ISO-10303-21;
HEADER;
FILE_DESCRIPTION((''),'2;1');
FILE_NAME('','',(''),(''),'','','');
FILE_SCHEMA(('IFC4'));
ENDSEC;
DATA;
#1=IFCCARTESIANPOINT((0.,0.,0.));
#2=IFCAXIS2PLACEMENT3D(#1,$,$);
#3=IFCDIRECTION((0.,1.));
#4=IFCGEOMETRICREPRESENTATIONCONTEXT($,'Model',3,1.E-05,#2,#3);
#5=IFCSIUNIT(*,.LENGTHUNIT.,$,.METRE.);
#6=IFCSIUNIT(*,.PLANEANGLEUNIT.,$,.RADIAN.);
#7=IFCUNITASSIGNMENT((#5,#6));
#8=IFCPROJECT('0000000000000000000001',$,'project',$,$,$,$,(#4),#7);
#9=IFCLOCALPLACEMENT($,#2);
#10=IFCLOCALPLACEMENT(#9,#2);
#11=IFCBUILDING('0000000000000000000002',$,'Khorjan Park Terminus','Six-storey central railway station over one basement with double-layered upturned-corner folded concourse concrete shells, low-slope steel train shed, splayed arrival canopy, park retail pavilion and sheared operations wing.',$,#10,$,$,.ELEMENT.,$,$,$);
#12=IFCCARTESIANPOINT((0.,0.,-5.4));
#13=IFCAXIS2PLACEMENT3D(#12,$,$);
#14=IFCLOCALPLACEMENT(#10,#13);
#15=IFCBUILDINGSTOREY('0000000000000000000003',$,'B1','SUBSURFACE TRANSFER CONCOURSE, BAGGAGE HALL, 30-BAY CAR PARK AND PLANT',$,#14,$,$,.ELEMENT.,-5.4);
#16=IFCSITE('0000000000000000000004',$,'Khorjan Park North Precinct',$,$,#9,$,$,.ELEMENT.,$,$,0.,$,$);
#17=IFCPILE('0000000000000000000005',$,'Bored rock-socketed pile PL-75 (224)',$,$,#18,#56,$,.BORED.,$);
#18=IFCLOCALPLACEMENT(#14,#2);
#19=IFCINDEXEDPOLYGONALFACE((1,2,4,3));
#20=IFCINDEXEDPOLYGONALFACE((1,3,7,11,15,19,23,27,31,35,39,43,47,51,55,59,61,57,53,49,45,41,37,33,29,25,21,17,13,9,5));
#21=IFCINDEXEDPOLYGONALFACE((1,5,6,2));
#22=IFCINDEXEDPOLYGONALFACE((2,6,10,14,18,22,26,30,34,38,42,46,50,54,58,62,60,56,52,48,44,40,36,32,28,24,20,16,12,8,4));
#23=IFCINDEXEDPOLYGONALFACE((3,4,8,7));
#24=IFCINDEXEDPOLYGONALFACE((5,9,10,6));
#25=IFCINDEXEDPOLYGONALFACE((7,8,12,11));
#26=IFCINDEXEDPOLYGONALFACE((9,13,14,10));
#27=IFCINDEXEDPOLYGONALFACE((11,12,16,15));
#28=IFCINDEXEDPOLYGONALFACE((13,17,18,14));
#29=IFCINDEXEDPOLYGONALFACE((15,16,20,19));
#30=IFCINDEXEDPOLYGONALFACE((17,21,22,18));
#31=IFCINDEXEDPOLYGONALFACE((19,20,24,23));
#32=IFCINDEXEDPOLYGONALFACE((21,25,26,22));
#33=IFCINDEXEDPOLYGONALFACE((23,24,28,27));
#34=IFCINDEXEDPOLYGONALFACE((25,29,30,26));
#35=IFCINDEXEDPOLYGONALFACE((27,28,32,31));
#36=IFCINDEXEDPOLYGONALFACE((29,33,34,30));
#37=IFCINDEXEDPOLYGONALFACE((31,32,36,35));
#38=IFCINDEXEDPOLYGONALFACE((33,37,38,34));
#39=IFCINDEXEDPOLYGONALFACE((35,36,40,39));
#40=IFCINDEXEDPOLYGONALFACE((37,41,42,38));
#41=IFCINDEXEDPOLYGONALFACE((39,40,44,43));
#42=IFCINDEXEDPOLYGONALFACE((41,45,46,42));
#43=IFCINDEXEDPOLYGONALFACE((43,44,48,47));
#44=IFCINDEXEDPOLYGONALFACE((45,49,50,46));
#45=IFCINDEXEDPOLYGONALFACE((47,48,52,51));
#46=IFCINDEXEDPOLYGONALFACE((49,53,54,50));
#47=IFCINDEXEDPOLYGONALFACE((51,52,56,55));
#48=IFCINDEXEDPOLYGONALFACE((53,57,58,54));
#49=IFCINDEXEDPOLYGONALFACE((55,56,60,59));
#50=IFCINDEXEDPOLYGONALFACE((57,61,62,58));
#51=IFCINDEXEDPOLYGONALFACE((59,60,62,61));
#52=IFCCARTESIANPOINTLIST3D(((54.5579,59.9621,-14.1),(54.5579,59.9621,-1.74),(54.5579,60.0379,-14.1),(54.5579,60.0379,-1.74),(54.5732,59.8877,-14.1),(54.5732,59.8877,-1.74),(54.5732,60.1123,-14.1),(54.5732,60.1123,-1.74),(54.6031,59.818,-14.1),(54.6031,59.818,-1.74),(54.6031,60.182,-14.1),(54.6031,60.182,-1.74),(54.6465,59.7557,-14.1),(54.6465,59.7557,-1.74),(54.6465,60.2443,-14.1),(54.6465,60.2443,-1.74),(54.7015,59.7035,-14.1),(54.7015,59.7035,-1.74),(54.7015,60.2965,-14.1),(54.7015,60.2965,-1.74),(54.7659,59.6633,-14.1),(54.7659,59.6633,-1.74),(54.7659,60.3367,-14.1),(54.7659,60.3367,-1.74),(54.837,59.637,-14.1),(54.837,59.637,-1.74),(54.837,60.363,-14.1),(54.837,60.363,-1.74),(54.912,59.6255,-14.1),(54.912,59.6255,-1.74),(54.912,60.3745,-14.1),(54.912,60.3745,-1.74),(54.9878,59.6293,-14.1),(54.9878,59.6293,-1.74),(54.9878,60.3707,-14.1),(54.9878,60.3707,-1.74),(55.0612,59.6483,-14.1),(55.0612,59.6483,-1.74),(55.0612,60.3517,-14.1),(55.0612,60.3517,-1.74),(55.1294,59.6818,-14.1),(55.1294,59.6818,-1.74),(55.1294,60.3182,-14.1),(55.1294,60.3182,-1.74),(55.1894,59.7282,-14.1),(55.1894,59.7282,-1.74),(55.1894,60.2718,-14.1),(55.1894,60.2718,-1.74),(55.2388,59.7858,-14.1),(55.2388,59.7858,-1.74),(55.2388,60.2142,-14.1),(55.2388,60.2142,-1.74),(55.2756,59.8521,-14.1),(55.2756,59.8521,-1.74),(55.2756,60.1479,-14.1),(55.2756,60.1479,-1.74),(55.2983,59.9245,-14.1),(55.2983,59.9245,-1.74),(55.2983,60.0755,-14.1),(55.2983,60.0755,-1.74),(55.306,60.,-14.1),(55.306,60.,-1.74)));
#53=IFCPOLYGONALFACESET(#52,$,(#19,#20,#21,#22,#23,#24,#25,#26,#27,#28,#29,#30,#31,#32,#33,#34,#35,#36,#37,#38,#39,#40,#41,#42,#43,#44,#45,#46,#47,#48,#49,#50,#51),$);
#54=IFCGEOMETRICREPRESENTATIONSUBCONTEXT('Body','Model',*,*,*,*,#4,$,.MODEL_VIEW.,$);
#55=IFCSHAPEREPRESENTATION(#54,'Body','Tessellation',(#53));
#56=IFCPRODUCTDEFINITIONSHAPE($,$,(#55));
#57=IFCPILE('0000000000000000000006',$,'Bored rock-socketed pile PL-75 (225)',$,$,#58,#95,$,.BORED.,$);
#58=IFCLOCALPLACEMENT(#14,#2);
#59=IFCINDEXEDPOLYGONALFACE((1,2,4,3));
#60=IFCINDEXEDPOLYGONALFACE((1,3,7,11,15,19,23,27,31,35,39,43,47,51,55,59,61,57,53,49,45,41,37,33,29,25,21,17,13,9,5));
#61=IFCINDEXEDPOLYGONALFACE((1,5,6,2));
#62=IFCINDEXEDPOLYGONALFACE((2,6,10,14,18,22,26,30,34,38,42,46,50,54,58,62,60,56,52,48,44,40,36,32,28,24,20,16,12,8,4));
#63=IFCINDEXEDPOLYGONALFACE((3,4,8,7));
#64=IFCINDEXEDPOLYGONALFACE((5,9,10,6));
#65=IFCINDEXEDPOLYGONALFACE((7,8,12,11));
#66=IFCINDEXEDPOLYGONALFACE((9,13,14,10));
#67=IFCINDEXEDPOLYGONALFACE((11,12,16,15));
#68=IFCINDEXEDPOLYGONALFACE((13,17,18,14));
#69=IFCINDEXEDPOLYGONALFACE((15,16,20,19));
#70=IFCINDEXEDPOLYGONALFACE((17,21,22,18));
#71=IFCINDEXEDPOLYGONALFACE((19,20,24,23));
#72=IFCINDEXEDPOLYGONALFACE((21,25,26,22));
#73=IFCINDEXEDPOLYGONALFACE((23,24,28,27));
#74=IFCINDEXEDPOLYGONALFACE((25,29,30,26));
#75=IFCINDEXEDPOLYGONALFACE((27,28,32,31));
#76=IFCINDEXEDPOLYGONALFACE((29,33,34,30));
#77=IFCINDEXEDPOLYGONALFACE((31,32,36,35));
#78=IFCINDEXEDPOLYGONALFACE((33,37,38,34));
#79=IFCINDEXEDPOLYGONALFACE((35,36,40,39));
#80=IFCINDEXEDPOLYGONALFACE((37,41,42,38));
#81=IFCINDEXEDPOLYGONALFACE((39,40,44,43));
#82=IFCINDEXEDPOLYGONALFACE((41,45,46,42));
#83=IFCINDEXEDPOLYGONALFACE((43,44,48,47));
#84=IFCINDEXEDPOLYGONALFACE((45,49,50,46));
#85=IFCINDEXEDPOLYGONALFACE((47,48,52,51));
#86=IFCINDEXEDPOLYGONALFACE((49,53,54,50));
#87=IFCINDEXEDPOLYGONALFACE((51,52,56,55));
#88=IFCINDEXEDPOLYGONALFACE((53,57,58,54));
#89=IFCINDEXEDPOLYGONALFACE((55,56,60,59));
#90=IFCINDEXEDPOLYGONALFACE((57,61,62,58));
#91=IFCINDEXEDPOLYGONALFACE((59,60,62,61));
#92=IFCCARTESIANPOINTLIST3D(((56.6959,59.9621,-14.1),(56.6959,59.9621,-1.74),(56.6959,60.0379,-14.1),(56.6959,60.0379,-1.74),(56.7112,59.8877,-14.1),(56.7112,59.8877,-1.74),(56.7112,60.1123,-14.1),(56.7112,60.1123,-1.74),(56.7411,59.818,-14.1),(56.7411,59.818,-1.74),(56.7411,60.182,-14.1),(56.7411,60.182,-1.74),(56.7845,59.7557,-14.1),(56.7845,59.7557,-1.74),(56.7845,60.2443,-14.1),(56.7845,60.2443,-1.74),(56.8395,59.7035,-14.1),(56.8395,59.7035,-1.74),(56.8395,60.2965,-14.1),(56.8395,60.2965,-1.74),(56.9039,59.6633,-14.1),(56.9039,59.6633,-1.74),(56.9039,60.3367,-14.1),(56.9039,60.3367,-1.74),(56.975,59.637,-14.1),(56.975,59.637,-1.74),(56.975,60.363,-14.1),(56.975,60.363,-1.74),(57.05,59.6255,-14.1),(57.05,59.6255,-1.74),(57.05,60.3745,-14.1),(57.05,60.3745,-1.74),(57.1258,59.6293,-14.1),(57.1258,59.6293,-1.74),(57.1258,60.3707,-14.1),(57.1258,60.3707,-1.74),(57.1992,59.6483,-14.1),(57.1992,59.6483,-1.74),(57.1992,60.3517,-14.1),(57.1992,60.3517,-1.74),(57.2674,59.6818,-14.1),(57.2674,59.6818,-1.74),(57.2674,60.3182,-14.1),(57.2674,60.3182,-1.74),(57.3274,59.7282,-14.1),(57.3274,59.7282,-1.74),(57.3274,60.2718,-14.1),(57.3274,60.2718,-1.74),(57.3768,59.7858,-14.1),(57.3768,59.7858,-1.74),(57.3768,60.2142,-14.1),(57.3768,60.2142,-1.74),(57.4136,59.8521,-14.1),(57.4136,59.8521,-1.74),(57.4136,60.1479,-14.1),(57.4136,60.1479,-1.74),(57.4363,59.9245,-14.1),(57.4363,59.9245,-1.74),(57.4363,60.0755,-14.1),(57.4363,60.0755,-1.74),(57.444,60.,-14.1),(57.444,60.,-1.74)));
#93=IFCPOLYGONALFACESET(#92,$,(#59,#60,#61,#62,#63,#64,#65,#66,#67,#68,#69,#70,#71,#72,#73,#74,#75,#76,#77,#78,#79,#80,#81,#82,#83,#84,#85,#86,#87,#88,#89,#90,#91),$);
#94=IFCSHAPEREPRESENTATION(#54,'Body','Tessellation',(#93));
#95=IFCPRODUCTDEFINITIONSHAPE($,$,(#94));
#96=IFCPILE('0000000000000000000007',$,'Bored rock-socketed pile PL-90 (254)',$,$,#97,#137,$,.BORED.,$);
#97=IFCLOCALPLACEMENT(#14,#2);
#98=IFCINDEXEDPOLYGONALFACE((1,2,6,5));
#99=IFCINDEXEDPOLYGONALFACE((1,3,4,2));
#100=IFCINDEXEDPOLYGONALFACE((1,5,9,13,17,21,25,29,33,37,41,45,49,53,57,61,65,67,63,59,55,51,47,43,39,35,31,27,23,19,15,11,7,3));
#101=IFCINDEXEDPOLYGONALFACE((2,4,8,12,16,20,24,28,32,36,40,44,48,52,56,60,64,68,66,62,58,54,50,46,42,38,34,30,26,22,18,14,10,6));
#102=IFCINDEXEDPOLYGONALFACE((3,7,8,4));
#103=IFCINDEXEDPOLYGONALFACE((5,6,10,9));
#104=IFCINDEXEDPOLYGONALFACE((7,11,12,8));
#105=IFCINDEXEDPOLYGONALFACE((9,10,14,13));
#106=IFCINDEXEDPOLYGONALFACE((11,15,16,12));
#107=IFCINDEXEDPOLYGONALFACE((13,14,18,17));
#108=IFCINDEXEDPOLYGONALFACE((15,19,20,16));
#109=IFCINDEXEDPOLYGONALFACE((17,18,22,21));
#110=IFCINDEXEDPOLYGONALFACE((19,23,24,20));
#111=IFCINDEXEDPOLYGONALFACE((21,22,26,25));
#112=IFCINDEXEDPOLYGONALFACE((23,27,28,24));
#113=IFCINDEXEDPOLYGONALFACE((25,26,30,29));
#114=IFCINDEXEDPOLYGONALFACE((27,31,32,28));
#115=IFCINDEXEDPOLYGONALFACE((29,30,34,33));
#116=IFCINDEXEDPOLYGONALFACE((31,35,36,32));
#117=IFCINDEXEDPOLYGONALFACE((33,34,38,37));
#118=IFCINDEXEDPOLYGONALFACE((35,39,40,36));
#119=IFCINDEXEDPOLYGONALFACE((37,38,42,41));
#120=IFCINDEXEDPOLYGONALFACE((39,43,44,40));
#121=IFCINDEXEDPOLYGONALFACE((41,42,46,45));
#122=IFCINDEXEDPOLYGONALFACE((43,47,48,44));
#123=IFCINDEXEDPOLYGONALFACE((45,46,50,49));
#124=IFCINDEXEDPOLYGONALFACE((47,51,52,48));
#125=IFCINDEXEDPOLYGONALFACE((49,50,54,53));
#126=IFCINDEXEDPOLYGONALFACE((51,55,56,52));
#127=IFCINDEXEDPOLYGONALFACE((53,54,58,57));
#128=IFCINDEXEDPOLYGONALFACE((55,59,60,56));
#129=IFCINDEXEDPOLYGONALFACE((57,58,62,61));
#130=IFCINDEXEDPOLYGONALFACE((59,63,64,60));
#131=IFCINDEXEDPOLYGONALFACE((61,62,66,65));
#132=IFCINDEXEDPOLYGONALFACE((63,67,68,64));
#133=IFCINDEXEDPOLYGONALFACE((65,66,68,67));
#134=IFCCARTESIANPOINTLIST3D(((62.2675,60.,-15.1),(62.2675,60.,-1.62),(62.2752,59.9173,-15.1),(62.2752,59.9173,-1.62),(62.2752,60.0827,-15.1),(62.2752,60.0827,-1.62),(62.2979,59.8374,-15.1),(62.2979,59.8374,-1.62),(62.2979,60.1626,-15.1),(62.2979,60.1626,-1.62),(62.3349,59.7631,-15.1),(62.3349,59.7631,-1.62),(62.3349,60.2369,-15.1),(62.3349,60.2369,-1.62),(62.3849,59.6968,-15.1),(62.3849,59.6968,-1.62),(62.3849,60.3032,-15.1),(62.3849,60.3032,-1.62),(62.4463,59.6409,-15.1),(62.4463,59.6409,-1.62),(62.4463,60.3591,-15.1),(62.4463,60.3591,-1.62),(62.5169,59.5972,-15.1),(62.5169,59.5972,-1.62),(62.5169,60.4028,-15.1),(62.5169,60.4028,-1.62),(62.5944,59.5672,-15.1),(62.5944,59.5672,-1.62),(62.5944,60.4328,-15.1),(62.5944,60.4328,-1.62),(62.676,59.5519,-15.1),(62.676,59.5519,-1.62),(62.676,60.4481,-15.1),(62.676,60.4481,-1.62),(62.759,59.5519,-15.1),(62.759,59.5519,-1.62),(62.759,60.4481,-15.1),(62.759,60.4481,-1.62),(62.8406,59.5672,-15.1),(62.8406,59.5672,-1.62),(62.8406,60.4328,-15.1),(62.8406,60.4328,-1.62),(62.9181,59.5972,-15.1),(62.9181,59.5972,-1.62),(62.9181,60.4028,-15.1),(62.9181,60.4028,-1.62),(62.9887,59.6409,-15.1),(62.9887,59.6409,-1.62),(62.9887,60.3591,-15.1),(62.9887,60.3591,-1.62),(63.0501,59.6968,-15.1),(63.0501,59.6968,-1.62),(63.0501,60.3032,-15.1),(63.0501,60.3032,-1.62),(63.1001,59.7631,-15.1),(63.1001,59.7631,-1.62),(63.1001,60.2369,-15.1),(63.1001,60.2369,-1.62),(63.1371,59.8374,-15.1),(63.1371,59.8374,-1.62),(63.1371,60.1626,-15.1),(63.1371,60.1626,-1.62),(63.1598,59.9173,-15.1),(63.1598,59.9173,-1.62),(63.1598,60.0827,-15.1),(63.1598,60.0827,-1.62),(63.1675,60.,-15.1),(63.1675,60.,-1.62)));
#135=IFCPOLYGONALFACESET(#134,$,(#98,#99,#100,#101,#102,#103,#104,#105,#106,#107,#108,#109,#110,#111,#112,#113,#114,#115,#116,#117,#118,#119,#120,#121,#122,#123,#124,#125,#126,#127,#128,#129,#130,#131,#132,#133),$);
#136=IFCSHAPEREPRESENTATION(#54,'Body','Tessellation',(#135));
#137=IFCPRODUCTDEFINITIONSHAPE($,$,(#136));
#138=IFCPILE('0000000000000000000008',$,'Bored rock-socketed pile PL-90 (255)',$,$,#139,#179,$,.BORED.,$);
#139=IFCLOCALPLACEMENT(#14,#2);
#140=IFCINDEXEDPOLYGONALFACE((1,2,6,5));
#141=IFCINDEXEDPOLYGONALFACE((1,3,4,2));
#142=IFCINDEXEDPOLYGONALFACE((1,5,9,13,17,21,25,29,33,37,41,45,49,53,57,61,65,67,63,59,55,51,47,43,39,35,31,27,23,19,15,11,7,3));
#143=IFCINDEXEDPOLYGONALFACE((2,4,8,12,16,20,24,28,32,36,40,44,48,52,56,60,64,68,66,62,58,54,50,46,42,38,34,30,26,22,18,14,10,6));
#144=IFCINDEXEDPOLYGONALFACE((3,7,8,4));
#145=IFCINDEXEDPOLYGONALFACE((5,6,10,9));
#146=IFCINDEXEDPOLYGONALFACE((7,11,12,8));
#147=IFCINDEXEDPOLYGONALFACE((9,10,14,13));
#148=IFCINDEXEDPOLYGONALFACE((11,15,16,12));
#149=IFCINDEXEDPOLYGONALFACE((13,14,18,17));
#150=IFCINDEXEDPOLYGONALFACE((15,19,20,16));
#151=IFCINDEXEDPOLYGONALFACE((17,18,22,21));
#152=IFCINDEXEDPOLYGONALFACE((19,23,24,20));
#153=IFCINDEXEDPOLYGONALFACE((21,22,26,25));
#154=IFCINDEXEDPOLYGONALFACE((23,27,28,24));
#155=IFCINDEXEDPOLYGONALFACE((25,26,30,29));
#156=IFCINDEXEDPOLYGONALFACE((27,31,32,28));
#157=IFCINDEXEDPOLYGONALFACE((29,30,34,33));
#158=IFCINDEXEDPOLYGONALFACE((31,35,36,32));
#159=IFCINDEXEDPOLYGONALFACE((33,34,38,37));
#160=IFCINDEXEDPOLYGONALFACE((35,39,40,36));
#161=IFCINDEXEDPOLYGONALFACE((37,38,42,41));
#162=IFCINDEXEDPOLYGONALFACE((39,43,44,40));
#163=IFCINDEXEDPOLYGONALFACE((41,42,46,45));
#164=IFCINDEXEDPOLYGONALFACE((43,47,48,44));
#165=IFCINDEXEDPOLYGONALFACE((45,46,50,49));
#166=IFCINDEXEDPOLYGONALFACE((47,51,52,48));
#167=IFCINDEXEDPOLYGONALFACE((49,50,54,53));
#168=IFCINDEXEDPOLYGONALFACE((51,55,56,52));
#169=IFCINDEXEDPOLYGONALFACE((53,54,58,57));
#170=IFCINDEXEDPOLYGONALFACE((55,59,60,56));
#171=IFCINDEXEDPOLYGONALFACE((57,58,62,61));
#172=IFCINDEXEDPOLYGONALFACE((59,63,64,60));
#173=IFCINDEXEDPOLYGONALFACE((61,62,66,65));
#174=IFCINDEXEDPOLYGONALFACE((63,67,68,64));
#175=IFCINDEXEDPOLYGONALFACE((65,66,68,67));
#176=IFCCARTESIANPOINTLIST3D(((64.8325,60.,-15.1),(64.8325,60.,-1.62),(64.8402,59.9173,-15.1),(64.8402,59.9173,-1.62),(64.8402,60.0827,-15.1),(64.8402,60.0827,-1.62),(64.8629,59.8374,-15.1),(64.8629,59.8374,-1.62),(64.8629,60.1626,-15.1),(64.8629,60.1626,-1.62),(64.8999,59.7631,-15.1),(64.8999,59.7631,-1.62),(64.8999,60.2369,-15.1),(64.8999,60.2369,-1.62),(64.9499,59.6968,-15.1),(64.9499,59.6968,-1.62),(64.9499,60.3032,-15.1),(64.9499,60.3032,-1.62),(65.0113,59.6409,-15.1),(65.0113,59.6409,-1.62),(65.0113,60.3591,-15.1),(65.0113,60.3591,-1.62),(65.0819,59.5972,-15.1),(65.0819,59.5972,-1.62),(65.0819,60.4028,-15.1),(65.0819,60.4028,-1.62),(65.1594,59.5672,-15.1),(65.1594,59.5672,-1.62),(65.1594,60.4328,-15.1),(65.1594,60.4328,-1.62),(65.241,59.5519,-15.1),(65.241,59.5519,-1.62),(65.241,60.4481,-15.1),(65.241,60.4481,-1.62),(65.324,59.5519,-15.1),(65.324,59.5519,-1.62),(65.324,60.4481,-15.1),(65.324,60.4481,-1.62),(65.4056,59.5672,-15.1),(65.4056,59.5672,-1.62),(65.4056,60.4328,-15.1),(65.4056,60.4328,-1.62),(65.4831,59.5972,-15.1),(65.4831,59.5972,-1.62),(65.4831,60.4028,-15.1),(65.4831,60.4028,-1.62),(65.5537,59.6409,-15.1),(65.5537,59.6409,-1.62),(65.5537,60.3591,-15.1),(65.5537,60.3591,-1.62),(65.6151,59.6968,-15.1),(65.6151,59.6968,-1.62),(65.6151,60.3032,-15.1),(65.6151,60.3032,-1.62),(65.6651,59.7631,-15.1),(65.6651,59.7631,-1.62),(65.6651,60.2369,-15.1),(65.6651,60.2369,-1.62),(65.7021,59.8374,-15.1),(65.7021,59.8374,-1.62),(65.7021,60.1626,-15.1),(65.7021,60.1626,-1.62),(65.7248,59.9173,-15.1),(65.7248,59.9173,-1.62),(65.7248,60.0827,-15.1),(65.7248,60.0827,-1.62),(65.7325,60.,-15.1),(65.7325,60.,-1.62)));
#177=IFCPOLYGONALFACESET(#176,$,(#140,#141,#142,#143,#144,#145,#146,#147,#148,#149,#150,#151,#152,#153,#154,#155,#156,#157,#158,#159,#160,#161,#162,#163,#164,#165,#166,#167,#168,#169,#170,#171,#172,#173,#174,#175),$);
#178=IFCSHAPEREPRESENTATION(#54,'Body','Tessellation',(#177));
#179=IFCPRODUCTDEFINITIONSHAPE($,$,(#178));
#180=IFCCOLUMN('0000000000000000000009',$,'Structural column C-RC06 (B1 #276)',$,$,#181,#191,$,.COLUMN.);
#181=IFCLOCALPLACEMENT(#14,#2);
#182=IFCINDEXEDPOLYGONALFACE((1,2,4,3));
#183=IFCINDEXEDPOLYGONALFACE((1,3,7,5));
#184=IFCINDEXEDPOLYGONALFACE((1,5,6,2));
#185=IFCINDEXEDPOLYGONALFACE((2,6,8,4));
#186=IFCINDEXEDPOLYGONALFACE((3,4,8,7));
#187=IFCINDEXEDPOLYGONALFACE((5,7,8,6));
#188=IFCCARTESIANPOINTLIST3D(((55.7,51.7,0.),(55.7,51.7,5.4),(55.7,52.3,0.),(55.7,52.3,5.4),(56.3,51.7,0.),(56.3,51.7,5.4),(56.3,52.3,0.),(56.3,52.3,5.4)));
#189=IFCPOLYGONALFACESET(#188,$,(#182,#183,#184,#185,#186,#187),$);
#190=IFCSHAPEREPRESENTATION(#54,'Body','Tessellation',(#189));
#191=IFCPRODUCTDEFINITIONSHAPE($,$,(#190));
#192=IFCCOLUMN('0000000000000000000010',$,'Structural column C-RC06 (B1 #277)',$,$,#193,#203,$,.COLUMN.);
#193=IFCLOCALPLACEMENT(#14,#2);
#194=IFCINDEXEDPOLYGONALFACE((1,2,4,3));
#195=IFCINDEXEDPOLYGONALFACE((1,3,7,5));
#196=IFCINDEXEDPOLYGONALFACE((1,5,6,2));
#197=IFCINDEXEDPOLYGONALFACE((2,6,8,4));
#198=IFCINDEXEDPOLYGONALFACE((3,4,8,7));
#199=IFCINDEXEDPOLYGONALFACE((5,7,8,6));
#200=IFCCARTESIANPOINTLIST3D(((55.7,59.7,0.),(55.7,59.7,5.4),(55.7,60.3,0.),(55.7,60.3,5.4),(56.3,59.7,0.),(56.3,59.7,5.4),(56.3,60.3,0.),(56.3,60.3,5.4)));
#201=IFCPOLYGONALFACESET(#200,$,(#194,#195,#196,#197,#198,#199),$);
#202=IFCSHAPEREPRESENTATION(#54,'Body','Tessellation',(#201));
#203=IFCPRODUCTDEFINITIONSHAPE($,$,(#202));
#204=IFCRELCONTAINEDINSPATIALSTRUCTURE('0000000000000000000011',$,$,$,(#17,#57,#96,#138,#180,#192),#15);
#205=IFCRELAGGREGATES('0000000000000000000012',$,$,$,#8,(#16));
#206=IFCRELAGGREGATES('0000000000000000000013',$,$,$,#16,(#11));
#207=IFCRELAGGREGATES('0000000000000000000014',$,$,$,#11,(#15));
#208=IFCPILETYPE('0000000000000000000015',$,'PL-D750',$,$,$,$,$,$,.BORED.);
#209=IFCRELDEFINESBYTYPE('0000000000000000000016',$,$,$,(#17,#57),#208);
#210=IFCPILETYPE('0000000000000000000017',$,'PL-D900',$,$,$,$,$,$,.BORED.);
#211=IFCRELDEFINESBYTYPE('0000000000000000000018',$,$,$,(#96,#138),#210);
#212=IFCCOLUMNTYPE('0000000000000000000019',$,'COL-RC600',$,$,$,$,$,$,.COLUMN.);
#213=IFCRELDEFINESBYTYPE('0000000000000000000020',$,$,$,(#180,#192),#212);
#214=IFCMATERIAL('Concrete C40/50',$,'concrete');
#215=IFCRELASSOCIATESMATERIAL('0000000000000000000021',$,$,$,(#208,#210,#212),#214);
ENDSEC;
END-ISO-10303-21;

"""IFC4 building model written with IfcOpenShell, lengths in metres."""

from ifc_helpers import new_model, si_unit, direction, frame, origin, origin_2d, place, context, subcontext, project, spatial, rectangle, circle, extrude, material, material_profile, profile_set, type_object, element, save


model = new_model("IFC4")

# Units and contexts
model_context = context("Model", 3, precision=1e-05, world=origin(), true_north=direction((0.0, 1.0)))
body_context = subcontext(model_context, "Body", "Model", "MODEL_VIEW")
ifc_project = project(units=[si_unit("LENGTHUNIT", "METRE"), si_unit("PLANEANGLEUNIT", "RADIAN")], contexts=[model_context])

# Site, building, storey
site_placement = place(None, origin())
site = spatial("IfcSite", under=ifc_project, at=site_placement, Name="Khorjan Park North Precinct", CompositionType="ELEMENT", RefElevation=0.0)
building_placement = place(site_placement, origin())
building = spatial("IfcBuilding", under=site, at=building_placement, Name="Khorjan Park Terminus", Description="Six-storey central railway station over one basement with double-layered upturned-corner folded concourse concrete shells, low-slope steel train shed, splayed arrival canopy, park retail pavilion and sheared operations wing.", CompositionType="ELEMENT")
storey_placement = place(building_placement, frame((0.0, 0.0, -5.4)))
storey = spatial("IfcBuildingStorey", under=building, at=storey_placement, Name="B1", Description="SUBSURFACE TRANSFER CONCOURSE, BAGGAGE HALL, 30-BAY CAR PARK AND PLANT", CompositionType="ELEMENT", Elevation=-5.4)

# Shared definitions
ifc_material_1 = material(Name="Concrete C40/50", Category="concrete")

# Piles
ifc_material_profile_1 = material_profile(ifc_material_1, circle(Radius=0.375, at=origin_2d()), Name="BORED D750")
ifc_profile_set_1 = profile_set([ifc_material_profile_1], Name="Concrete C40/50")
pile_type_1 = type_object("IfcPileType", Name="PL-D750", PredefinedType="BORED", material=ifc_profile_set_1)
for number, where, z_axis, x_axis, name in (
    (1, (54.931, 60.0, -1.74), (0.0, 0.0, -1.0), (1.0, 0.0, 0.0), "Bored rock-socketed pile PL-75 (224)"),
    (2, (57.069, 60.0, -1.74), (0.0, 0.0, -1.0), (1.0, 0.0, 0.0), "Bored rock-socketed pile PL-75 (225)"),
):
    element("IfcPile", number, at=place(storey_placement, frame(where, z_axis=z_axis, x_axis=x_axis)), inside=storey, type_object=pile_type_1, Name=name, PredefinedType="BORED", context=body_context, shape_type="SweptSolid", body=[
        extrude(circle(Radius=0.375, at=origin_2d()), origin(), (0.0, 0.0, 1.0), 12.36),
    ])
ifc_material_profile_2 = material_profile(ifc_material_1, circle(Radius=0.45, at=origin_2d()), Name="BORED D900")
ifc_profile_set_2 = profile_set([ifc_material_profile_2], Name="Concrete C40/50")
pile_type_2 = type_object("IfcPileType", Name="PL-D900", PredefinedType="BORED", material=ifc_profile_set_2)
for number, where, z_axis, x_axis, name in (
    (3, (62.7175, 60.0, -1.62), (0.0, 0.0, -1.0), (1.0, 0.0, 0.0), "Bored rock-socketed pile PL-90 (254)"),
    (4, (65.2825, 60.0, -1.62), (0.0, 0.0, -1.0), (1.0, 0.0, 0.0), "Bored rock-socketed pile PL-90 (255)"),
):
    element("IfcPile", number, at=place(storey_placement, frame(where, z_axis=z_axis, x_axis=x_axis)), inside=storey, type_object=pile_type_2, Name=name, PredefinedType="BORED", context=body_context, shape_type="SweptSolid", body=[
        extrude(circle(Radius=0.45, at=origin_2d()), origin(), (0.0, 0.0, 1.0), 13.48),
    ])

# Columns
ifc_material_profile_3 = material_profile(ifc_material_1, rectangle(XDim=0.6, YDim=0.6, at=origin_2d()), Name="RC 600x600")
ifc_profile_set_3 = profile_set([ifc_material_profile_3], Name="Concrete C40/50")
column_type_1 = type_object("IfcColumnType", Name="COL-RC600", PredefinedType="COLUMN", material=ifc_profile_set_3)
for number, where, z_axis, x_axis, name in (
    (5, (56.0, 52.0, 0.0), (0.0, 0.0, 1.0), (1.0, 0.0, 0.0), "Structural column C-RC06 (B1 #276)"),
    (6, (56.0, 60.0, 0.0), (0.0, 0.0, 1.0), (1.0, 0.0, 0.0), "Structural column C-RC06 (B1 #277)"),
):
    element("IfcColumn", number, at=place(storey_placement, frame(where, z_axis=z_axis, x_axis=x_axis)), inside=storey, type_object=column_type_1, Name=name, PredefinedType="COLUMN", context=body_context, shape_type="SweptSolid", body=[
        extrude(rectangle(XDim=0.6, YDim=0.6, at=origin_2d()), origin(), (0.0, 0.0, 1.0), 5.4),
    ])

save(model, "model.ifc")
